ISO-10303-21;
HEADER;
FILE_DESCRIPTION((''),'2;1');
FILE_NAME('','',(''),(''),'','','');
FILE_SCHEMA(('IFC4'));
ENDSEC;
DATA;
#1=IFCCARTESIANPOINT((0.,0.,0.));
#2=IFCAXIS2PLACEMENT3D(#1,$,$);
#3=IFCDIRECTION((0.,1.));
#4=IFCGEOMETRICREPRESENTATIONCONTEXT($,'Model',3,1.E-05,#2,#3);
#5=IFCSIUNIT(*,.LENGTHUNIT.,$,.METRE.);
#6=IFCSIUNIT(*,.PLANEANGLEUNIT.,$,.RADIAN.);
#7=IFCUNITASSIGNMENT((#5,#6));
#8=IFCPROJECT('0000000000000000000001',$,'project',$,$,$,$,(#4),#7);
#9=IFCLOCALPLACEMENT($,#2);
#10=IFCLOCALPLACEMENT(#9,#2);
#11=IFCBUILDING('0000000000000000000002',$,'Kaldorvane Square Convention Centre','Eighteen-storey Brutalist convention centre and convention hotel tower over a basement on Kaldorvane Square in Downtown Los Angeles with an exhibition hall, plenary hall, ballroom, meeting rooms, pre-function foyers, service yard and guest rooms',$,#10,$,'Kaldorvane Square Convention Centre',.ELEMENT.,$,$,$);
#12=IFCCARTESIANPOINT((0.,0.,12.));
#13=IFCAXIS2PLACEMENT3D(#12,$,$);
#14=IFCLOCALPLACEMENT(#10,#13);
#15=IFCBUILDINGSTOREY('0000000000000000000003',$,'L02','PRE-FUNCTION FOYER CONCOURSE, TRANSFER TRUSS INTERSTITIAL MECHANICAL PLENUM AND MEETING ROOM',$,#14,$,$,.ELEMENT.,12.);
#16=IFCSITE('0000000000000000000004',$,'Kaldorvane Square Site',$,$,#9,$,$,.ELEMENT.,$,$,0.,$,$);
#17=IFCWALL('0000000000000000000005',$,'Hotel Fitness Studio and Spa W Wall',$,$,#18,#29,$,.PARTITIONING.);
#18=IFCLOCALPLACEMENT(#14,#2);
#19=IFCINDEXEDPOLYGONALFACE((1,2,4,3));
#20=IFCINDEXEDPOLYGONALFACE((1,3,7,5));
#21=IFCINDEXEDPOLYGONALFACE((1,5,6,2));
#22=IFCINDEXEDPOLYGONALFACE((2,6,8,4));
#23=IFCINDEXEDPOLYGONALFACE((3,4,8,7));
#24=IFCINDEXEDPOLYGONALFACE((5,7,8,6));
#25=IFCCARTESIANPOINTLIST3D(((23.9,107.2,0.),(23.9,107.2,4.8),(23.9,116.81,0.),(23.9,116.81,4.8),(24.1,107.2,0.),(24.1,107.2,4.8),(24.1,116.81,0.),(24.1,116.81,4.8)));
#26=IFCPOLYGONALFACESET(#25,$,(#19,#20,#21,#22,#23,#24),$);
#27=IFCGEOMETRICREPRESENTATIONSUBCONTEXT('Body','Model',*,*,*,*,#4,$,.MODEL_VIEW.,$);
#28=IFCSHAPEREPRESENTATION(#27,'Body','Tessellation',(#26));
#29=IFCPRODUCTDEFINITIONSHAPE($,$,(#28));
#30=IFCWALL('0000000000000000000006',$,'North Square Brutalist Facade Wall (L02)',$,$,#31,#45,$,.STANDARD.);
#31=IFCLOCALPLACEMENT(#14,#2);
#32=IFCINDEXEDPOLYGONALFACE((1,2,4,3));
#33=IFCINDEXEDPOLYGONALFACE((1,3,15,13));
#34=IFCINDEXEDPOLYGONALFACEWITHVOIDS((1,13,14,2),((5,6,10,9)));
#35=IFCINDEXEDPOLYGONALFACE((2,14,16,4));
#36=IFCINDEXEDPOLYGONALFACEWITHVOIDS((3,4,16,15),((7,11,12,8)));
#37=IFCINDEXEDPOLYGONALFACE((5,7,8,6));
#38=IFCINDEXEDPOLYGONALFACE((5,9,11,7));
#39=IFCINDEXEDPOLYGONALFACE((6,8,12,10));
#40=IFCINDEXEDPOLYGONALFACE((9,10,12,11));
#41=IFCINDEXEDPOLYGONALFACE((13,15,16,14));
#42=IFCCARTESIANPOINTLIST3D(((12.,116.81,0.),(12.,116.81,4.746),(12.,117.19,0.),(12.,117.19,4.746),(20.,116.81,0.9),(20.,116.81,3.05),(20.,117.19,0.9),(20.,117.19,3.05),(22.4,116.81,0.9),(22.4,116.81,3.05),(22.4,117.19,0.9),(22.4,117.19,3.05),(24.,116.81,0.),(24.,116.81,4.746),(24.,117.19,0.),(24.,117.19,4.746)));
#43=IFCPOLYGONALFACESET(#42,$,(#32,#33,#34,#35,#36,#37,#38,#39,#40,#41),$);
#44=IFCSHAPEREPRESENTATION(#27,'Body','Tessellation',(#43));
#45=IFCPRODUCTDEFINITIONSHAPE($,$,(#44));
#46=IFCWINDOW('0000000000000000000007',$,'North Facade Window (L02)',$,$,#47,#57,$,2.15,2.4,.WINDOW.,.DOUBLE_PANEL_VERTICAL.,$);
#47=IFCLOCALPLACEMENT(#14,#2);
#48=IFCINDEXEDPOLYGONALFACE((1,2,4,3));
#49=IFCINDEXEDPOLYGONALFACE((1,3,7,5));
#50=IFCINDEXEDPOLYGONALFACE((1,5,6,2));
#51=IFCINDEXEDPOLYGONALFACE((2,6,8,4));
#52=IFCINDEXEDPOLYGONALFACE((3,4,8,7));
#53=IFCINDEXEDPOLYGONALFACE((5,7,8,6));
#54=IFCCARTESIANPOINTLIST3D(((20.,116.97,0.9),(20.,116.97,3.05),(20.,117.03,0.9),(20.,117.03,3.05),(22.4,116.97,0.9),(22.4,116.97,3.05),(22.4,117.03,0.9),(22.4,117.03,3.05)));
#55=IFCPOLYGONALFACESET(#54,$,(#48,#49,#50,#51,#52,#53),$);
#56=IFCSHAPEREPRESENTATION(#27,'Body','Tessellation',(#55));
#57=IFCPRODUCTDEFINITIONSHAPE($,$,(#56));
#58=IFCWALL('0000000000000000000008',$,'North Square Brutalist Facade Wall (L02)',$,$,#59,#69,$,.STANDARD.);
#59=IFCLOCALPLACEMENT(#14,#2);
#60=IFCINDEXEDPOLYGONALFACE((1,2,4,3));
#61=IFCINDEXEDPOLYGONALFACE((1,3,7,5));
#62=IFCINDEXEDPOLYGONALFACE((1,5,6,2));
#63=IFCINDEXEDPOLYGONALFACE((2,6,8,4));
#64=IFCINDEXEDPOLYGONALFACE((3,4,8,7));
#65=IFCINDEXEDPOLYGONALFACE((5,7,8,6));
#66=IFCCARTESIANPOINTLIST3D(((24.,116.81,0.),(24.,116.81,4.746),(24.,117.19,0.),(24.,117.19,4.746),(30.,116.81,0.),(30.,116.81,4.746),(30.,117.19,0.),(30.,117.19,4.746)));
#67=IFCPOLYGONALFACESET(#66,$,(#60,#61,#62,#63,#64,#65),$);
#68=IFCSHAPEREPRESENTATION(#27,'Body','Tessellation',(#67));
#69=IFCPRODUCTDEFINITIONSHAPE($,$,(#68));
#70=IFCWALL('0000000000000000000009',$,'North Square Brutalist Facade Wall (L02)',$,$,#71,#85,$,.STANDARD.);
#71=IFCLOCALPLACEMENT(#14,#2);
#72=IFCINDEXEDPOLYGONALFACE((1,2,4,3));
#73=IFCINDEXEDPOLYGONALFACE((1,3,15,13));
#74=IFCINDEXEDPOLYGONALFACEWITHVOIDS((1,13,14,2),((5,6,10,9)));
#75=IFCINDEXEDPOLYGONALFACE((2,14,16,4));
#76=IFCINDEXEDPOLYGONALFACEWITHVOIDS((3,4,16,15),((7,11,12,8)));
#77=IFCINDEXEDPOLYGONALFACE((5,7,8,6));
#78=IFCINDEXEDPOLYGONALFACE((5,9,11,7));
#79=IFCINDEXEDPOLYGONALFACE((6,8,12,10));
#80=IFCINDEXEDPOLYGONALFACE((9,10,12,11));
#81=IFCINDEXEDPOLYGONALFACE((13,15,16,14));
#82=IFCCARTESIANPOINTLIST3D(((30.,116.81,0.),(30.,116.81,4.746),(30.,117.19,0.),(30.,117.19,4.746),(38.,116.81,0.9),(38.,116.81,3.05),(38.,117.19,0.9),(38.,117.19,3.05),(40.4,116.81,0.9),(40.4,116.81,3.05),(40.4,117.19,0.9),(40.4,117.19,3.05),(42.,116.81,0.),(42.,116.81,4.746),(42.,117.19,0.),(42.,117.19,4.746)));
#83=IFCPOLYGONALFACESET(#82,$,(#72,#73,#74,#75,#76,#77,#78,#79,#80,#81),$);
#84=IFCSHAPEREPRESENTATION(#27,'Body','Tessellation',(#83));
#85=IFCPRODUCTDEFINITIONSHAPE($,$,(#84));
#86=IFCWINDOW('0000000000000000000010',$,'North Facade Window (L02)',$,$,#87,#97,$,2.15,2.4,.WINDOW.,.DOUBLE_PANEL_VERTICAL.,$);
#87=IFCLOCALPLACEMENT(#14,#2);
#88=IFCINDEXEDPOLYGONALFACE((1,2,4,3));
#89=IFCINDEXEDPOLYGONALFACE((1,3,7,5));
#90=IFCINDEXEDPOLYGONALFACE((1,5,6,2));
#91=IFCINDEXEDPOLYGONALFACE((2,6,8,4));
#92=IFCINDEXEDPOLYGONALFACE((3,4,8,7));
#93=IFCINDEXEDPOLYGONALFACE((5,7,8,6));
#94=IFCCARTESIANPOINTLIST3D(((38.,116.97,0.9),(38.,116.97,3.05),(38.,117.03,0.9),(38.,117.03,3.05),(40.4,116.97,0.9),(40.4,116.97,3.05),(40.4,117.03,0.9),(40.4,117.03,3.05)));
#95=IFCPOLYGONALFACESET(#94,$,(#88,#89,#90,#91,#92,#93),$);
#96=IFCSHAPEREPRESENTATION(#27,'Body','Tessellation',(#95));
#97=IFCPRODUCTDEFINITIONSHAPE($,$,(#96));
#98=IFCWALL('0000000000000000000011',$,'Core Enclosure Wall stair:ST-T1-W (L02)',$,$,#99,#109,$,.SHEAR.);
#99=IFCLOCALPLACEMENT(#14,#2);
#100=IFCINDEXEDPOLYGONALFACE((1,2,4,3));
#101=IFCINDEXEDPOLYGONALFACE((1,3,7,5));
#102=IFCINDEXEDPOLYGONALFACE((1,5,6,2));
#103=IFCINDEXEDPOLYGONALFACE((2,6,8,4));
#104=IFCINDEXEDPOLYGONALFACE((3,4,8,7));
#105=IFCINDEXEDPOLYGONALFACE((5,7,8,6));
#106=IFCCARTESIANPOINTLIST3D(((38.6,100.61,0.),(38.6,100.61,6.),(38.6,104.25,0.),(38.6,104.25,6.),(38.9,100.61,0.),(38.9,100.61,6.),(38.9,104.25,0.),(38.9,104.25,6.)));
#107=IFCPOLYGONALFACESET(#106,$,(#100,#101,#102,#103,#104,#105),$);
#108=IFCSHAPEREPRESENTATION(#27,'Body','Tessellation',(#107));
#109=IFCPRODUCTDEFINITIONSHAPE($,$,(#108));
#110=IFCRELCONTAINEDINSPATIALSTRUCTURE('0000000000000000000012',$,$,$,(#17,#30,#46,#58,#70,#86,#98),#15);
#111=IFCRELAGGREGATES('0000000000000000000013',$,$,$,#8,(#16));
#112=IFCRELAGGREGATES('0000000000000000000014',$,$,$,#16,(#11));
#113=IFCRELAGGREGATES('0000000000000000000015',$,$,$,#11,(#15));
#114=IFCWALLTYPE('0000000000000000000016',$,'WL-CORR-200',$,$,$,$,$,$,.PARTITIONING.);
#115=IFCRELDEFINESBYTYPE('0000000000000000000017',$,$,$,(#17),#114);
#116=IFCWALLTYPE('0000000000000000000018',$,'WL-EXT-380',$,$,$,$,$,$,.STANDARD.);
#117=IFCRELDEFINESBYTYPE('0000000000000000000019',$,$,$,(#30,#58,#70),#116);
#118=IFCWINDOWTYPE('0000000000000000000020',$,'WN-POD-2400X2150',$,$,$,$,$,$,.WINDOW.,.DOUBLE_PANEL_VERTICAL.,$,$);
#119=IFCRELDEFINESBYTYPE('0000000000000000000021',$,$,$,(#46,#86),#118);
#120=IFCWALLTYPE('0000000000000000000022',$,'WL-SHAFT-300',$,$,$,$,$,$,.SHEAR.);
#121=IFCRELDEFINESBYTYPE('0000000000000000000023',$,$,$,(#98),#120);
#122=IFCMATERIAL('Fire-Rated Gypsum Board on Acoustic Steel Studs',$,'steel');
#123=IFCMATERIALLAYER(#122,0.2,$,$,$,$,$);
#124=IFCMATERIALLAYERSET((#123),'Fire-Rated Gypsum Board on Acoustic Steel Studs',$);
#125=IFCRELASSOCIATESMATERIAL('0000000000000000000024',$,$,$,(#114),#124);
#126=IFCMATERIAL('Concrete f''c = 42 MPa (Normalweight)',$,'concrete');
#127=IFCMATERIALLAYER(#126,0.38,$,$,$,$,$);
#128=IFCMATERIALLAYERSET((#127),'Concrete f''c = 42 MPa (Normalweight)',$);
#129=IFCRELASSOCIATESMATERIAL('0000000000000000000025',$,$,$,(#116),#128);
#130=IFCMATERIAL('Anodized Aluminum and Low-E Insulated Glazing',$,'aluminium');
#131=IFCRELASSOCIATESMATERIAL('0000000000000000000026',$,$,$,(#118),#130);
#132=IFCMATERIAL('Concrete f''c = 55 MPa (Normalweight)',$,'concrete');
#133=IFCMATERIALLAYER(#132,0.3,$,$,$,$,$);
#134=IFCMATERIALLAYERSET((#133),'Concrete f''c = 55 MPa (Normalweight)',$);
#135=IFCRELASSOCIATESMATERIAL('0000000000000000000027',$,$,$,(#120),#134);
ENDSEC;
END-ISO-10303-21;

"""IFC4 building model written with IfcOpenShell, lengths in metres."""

from ifc_helpers import new_model, si_unit, direction, frame, frame_2d, origin, place, context, subcontext, project, spatial, rectangle, extrude, material, layer, layer_set, type_object, element, fill, save


model = new_model("IFC4")

# Units and contexts
model_context = context("Model", 3, precision=1e-05, world=origin(), true_north=direction((0.0, 1.0)))
body_context = subcontext(model_context, "Body", "Model", "MODEL_VIEW")
ifc_project = project(units=[si_unit("LENGTHUNIT", "METRE"), si_unit("PLANEANGLEUNIT", "RADIAN")], contexts=[model_context])

# Site, building, storey
site_placement = place(None, origin())
site = spatial("IfcSite", under=ifc_project, at=site_placement, Name="Kaldorvane Square Site", CompositionType="ELEMENT", RefElevation=0.0)
building_placement = place(site_placement, origin())
building = spatial("IfcBuilding", under=site, at=building_placement, Name="Kaldorvane Square Convention Centre", Description="Eighteen-storey Brutalist convention centre and convention hotel tower over a basement on Kaldorvane Square in Downtown Los Angeles with an exhibition hall, plenary hall, ballroom, meeting rooms, pre-function foyers, service yard and guest rooms", LongName="Kaldorvane Square Convention Centre", CompositionType="ELEMENT")
storey_placement = place(building_placement, frame((0.0, 0.0, 12.0)))
storey = spatial("IfcBuildingStorey", under=building, at=storey_placement, Name="L02", Description="PRE-FUNCTION FOYER CONCOURSE, TRANSFER TRUSS INTERSTITIAL MECHANICAL PLENUM AND MEETING ROOM", CompositionType="ELEMENT", Elevation=12.0)

# Shared definitions
ifc_material_1 = material(Name="Concrete f'c = 55 MPa (Normalweight)", Category="concrete")

# Shared definitions
ifc_material_2 = material(Name="Concrete f'c = 42 MPa (Normalweight)", Category="concrete")

# Shared definitions
ifc_material_3 = material(Name="Fire-Rated Gypsum Board on Acoustic Steel Studs", Category="steel")
ifc_layer_1 = layer(ifc_material_3, 0.2)
ifc_layer_set_1 = layer_set([ifc_layer_1], Name="Fire-Rated Gypsum Board on Acoustic Steel Studs")
wall_type_1 = type_object("IfcWallType", Name="WL-CORR-200", PredefinedType="PARTITIONING", material=ifc_layer_set_1)

# Wall
wall_1_placement = place(storey_placement, frame((24.0, 116.81, 0.0), z_axis=(0.0, 0.0, 1.0), x_axis=(0.0, -1.0, 0.0)))
element("IfcWall", 1, at=wall_1_placement, inside=storey, type_object=wall_type_1, Name="Hotel Fitness Studio and Spa W Wall", PredefinedType="PARTITIONING", context=body_context, shape_type="SweptSolid", body=[
    extrude(rectangle(XDim=9.61, YDim=0.2, at=frame_2d((4.805, 0.0))), origin(), (0.0, 0.0, 1.0), 4.8),
])

# Wall, opening, window
ifc_layer_2 = layer(ifc_material_2, 0.38)
ifc_layer_set_2 = layer_set([ifc_layer_2], Name="Concrete f'c = 42 MPa (Normalweight)")
wall_type_2 = type_object("IfcWallType", Name="WL-EXT-380", PredefinedType="STANDARD", material=ifc_layer_set_2)
wall_2_placement = place(storey_placement, frame((24.0, 117.0, 0.0), z_axis=(0.0, 0.0, 1.0), x_axis=(-1.0, 0.0, 0.0)))
wall_2 = element("IfcWall", 2, at=wall_2_placement, inside=storey, type_object=wall_type_2, Name="North Square Brutalist Facade Wall (L02)", PredefinedType="STANDARD", context=body_context, shape_type="SweptSolid", body=[
    extrude(rectangle(XDim=12.0, YDim=0.38, at=frame_2d((6.0, 0.0))), origin(), (0.0, 0.0, 1.0), 4.746),
])
opening_1_placement = place(wall_2_placement, frame((1.6, 0.0, 0.9)))
opening_1 = element("IfcOpeningElement", 3, at=opening_1_placement, cuts=wall_2, PredefinedType="OPENING", context=body_context, shape_type="SweptSolid", body=[
    extrude(rectangle(XDim=2.4, YDim=2.15, at=frame_2d((1.2, 1.075))), frame((0.0, 0.205, 0.0), z_axis=(0.0, -1.0, 0.0), x_axis=(1.0, 0.0, 0.0)), (0.0, 0.0, 1.0), 0.41),
])
ifc_material_4 = material(Name="Anodized Aluminum and Low-E Insulated Glazing", Category="aluminium")
window_type = type_object("IfcWindowType", Name="WN-POD-2400X2150", PartitioningType="DOUBLE_PANEL_VERTICAL", PredefinedType="WINDOW", material=ifc_material_4)
window_1_placement = place(opening_1_placement, origin())
window_1 = element("IfcWindow", 4, at=window_1_placement, inside=storey, type_object=window_type, Name="North Facade Window (L02)", OverallHeight=2.15, OverallWidth=2.4, PartitioningType="DOUBLE_PANEL_VERTICAL", PredefinedType="WINDOW", context=body_context, shape_type="SweptSolid", body=[
    extrude(rectangle(XDim=2.4, YDim=2.15, at=frame_2d((1.2, 1.075))), frame((0.0, 0.03, 0.0), z_axis=(0.0, -1.0, 0.0), x_axis=(1.0, 0.0, 0.0)), (0.0, 0.0, 1.0), 0.06),
])
fill(opening_1, window_1)

# Wall
wall_3_placement = place(storey_placement, frame((30.0, 117.0, 0.0), z_axis=(0.0, 0.0, 1.0), x_axis=(-1.0, 0.0, 0.0)))
element("IfcWall", 5, at=wall_3_placement, inside=storey, type_object=wall_type_2, Name="North Square Brutalist Facade Wall (L02)", PredefinedType="STANDARD", context=body_context, shape_type="SweptSolid", body=[
    extrude(rectangle(XDim=6.0, YDim=0.38, at=frame_2d((3.0, 0.0))), origin(), (0.0, 0.0, 1.0), 4.746),
])

# Wall, opening, window
wall_4_placement = place(storey_placement, frame((42.0, 117.0, 0.0), z_axis=(0.0, 0.0, 1.0), x_axis=(-1.0, 0.0, 0.0)))
wall_4 = element("IfcWall", 6, at=wall_4_placement, inside=storey, type_object=wall_type_2, Name="North Square Brutalist Facade Wall (L02)", PredefinedType="STANDARD", context=body_context, shape_type="SweptSolid", body=[
    extrude(rectangle(XDim=12.0, YDim=0.38, at=frame_2d((6.0, 0.0))), origin(), (0.0, 0.0, 1.0), 4.746),
])
opening_2_placement = place(wall_4_placement, frame((1.6, 0.0, 0.9)))
opening_2 = element("IfcOpeningElement", 7, at=opening_2_placement, cuts=wall_4, PredefinedType="OPENING", context=body_context, shape_type="SweptSolid", body=[
    extrude(rectangle(XDim=2.4, YDim=2.15, at=frame_2d((1.2, 1.075))), frame((0.0, 0.205, 0.0), z_axis=(0.0, -1.0, 0.0), x_axis=(1.0, 0.0, 0.0)), (0.0, 0.0, 1.0), 0.41),
])
window_2_placement = place(opening_2_placement, origin())
window_2 = element("IfcWindow", 8, at=window_2_placement, inside=storey, type_object=window_type, Name="North Facade Window (L02)", OverallHeight=2.15, OverallWidth=2.4, PartitioningType="DOUBLE_PANEL_VERTICAL", PredefinedType="WINDOW", context=body_context, shape_type="SweptSolid", body=[
    extrude(rectangle(XDim=2.4, YDim=2.15, at=frame_2d((1.2, 1.075))), frame((0.0, 0.03, 0.0), z_axis=(0.0, -1.0, 0.0), x_axis=(1.0, 0.0, 0.0)), (0.0, 0.0, 1.0), 0.06),
])
fill(opening_2, window_2)

# Wall
ifc_layer_3 = layer(ifc_material_1, 0.3)
ifc_layer_set_3 = layer_set([ifc_layer_3], Name="Concrete f'c = 55 MPa (Normalweight)")
wall_type_3 = type_object("IfcWallType", Name="WL-SHAFT-300", PredefinedType="SHEAR", material=ifc_layer_set_3)
wall_5_placement = place(storey_placement, frame((38.75, 104.25, 0.0), z_axis=(0.0, 0.0, 1.0), x_axis=(0.0, -1.0, 0.0)))
element("IfcWall", 9, at=wall_5_placement, inside=storey, type_object=wall_type_3, Name="Core Enclosure Wall stair:ST-T1-W (L02)", PredefinedType="SHEAR", context=body_context, shape_type="SweptSolid", body=[
    extrude(rectangle(XDim=3.64, YDim=0.3, at=frame_2d((1.82, 0.0))), origin(), (0.0, 0.0, 1.0), 6.0),
])

save(model, "model.ifc")
